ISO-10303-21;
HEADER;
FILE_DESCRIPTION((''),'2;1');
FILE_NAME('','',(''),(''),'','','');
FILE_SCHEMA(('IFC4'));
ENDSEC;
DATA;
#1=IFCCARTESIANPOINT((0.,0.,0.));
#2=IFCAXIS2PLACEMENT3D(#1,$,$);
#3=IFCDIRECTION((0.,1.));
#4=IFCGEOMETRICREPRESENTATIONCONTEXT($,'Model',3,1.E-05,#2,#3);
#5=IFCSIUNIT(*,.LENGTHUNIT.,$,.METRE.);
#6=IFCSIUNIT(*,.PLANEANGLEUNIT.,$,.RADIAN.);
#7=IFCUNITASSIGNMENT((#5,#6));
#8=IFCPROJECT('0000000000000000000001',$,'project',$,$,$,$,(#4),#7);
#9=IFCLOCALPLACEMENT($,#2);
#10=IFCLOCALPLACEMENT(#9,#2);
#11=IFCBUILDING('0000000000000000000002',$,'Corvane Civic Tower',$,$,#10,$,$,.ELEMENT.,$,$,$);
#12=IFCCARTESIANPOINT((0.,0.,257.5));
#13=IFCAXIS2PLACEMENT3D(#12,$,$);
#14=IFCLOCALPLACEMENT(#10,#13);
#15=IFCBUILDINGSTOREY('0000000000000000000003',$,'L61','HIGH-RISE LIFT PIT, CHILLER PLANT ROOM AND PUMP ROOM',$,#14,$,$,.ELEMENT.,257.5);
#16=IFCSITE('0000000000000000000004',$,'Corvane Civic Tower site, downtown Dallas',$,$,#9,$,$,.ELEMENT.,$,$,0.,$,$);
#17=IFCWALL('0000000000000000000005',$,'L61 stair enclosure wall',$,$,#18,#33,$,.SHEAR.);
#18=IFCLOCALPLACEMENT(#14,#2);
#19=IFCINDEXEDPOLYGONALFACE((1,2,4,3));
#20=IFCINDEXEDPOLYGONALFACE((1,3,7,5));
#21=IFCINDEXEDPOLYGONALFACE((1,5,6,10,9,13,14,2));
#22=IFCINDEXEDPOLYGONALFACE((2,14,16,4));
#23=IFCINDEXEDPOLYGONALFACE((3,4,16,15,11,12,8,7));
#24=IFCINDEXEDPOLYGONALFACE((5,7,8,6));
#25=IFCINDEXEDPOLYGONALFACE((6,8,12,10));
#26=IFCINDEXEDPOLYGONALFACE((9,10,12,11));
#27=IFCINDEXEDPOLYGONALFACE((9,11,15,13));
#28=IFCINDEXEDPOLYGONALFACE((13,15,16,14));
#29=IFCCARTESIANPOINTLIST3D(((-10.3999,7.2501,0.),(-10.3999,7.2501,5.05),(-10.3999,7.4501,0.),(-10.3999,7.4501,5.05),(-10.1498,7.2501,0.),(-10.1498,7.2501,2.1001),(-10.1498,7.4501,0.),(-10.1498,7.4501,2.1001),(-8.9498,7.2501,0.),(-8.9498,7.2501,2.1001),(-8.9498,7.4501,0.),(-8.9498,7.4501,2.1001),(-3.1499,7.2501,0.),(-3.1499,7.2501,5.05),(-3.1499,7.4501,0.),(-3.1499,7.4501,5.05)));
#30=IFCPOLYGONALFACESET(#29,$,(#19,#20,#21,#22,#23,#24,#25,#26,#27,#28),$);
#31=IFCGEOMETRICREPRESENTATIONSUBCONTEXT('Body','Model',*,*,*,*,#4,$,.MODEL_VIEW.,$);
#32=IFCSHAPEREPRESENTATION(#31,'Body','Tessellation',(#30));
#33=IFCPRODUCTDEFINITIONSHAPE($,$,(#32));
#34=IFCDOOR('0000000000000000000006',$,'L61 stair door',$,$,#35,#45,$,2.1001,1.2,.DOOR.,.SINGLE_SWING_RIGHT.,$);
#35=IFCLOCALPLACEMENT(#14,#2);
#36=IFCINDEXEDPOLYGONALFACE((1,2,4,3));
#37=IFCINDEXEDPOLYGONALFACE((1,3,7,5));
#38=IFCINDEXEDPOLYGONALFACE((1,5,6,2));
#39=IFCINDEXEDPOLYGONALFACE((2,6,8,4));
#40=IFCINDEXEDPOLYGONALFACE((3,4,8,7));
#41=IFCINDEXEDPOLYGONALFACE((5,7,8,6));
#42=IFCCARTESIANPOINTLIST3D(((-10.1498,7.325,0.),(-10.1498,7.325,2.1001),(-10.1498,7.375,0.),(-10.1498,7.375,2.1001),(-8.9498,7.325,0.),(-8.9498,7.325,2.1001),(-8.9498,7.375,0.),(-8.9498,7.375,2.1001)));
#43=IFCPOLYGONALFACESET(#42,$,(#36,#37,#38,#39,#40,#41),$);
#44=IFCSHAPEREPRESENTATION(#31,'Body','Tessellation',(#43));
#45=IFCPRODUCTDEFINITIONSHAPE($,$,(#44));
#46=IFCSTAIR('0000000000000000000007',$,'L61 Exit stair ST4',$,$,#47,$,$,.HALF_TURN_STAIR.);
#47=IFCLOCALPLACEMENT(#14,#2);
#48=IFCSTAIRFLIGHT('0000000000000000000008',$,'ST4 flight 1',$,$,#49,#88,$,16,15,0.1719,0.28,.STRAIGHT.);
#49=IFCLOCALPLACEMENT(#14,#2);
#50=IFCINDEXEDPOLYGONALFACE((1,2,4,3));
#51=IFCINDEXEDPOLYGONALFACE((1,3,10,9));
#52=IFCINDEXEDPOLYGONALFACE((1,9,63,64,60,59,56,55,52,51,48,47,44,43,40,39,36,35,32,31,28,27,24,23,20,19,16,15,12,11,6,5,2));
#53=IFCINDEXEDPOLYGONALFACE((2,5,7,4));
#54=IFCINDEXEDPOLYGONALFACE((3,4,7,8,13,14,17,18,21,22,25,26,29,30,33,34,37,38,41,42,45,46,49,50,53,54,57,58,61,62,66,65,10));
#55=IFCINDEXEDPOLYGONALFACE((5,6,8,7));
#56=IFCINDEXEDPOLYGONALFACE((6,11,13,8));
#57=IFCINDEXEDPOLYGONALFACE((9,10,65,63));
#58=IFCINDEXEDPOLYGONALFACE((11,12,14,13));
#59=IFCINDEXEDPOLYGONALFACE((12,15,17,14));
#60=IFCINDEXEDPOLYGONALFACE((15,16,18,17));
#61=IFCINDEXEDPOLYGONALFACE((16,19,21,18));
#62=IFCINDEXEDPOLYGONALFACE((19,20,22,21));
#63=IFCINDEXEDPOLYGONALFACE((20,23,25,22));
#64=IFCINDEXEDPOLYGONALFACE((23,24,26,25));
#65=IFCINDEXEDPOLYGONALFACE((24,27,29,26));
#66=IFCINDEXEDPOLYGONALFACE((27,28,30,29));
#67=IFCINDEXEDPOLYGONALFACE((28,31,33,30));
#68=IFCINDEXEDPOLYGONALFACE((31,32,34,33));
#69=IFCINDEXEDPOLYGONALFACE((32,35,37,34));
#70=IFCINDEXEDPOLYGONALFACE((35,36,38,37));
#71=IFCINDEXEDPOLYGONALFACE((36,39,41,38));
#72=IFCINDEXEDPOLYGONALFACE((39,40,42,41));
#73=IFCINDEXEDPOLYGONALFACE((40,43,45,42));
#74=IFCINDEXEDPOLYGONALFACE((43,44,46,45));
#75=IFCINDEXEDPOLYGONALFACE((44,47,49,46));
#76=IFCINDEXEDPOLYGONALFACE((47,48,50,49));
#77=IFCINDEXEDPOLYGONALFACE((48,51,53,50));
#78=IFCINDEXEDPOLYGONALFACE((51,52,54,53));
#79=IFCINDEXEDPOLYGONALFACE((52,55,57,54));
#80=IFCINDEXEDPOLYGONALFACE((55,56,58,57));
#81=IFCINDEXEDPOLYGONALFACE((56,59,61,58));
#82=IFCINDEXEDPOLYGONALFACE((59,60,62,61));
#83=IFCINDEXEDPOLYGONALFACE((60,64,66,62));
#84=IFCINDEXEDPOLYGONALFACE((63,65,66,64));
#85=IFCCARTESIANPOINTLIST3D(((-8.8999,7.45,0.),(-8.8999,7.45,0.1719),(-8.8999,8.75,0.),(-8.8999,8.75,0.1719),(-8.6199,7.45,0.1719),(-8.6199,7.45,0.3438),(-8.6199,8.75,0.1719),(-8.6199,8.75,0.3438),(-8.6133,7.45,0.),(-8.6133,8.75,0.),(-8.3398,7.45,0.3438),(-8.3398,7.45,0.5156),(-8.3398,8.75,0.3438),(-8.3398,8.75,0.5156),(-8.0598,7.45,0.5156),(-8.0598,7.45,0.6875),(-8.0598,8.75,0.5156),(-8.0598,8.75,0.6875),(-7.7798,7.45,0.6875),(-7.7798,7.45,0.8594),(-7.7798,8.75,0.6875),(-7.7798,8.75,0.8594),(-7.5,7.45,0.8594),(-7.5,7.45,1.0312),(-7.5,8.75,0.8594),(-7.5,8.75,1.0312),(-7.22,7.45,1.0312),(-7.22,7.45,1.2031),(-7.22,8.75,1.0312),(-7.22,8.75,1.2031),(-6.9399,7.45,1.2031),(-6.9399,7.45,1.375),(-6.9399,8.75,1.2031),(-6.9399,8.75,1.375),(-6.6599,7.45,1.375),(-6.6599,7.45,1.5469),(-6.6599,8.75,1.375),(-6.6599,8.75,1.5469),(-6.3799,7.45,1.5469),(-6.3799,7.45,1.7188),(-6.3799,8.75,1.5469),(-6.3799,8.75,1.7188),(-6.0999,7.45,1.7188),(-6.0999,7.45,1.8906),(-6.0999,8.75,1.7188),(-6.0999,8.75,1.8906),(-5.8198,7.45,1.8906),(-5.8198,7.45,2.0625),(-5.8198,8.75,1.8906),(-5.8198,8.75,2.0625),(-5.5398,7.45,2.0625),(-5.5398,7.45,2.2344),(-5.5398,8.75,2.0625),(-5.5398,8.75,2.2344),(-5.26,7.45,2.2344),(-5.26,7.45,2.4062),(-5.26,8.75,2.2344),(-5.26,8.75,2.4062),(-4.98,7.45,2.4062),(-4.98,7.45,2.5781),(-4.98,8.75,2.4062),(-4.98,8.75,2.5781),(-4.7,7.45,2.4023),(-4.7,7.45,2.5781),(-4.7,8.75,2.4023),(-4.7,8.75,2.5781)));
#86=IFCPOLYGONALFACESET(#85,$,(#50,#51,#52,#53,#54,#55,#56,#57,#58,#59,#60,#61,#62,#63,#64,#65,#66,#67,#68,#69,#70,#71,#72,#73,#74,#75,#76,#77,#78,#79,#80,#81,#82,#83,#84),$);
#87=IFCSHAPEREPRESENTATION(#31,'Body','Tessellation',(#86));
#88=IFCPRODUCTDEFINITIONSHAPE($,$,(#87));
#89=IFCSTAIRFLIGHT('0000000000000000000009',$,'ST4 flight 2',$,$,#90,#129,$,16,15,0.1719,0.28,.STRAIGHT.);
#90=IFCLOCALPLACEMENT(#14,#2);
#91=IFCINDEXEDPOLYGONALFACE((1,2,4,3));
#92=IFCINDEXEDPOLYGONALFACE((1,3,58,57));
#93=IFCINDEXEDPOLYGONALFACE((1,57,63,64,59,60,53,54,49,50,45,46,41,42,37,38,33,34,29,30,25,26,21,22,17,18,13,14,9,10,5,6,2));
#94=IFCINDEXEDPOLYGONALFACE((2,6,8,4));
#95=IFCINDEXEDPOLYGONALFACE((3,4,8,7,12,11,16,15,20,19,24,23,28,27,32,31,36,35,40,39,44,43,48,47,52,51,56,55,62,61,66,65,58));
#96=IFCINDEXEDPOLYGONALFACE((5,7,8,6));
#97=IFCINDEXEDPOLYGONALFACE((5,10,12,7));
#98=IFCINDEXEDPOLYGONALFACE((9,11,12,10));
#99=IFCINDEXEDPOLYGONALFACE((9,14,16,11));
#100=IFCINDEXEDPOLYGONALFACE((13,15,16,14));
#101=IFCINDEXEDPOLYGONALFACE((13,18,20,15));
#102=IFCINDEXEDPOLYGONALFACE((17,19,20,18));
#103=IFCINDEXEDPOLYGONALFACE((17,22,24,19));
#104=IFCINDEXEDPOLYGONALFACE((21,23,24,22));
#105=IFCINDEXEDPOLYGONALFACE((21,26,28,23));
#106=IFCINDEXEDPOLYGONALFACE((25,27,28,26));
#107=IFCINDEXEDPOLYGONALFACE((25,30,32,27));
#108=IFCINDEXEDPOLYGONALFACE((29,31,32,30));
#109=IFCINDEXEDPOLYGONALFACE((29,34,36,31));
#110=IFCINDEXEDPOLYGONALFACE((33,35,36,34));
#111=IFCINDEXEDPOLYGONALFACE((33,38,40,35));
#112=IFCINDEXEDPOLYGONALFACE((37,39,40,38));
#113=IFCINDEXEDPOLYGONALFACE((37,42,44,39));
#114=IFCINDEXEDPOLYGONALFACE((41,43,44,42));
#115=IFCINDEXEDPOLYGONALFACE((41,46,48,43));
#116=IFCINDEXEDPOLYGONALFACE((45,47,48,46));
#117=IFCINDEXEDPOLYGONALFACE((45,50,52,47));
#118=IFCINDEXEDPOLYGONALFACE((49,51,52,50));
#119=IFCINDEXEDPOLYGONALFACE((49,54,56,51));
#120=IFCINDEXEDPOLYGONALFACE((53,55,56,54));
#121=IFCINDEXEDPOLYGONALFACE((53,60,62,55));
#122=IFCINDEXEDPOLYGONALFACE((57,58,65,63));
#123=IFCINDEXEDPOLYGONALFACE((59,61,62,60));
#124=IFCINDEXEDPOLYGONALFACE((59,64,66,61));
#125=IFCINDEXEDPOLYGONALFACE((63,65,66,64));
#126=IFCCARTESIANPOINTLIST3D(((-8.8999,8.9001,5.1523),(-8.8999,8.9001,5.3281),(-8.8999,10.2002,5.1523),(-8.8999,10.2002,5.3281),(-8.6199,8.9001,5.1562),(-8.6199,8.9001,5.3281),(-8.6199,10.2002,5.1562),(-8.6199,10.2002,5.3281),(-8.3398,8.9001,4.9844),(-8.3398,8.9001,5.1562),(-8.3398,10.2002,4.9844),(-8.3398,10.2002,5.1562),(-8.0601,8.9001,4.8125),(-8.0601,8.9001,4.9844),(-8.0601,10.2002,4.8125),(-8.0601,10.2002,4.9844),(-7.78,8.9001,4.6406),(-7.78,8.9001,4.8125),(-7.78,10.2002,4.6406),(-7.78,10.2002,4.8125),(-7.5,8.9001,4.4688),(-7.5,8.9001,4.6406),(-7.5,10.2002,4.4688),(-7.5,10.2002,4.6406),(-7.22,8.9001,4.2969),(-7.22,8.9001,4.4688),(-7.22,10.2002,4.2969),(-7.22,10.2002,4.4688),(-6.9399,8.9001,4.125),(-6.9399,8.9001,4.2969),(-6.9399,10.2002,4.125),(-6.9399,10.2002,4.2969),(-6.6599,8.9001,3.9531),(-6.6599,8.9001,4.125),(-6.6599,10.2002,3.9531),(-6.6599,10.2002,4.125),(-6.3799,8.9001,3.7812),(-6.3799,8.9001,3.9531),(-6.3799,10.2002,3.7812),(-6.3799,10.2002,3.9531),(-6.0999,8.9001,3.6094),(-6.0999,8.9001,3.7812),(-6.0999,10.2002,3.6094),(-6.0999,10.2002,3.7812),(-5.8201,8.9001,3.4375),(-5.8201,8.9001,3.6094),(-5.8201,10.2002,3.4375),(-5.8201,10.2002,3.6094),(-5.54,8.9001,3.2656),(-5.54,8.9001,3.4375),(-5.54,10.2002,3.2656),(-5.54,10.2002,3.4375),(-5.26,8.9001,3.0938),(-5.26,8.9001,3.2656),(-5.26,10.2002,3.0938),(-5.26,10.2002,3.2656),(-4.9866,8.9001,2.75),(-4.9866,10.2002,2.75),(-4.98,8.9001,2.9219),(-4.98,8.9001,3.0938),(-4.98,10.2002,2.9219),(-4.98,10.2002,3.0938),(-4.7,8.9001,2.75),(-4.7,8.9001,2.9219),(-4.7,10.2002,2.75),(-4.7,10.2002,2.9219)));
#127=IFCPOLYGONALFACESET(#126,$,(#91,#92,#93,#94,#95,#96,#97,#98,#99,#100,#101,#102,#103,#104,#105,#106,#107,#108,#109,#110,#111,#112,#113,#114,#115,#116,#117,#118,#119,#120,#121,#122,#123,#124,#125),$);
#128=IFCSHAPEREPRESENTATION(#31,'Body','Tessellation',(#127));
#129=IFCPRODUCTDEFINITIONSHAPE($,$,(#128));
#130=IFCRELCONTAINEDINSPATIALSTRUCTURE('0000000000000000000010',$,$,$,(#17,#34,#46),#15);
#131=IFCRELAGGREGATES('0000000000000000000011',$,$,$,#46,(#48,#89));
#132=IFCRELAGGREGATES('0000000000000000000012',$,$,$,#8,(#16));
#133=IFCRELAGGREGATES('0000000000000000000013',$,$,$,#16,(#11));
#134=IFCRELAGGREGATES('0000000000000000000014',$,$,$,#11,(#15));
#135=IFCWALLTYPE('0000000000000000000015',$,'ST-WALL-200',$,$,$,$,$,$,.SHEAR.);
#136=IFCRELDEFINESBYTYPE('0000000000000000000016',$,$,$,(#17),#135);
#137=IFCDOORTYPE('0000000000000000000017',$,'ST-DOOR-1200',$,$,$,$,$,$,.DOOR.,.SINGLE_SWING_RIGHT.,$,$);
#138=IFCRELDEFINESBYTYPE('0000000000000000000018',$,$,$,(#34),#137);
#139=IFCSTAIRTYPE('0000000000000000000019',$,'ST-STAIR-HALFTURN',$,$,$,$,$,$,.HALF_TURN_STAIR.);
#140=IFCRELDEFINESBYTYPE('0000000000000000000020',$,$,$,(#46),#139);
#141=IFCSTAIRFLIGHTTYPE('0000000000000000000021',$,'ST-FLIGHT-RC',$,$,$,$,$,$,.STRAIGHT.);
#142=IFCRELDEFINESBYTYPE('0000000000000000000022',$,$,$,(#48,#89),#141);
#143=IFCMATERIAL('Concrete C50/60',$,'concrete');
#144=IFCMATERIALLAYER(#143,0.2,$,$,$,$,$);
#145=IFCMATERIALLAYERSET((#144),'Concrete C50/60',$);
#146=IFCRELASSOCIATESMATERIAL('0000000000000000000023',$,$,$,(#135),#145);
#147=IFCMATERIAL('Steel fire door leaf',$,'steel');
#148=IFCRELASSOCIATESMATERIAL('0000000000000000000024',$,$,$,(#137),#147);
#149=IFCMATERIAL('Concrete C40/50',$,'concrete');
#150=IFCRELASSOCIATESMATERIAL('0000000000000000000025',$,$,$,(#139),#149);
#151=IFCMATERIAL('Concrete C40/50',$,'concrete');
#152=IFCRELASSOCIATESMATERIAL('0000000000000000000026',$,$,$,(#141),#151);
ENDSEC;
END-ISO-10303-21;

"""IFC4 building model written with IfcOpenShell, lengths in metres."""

from ifc_helpers import new_model, si_unit, direction, frame, frame_2d, origin, place, context, subcontext, project, spatial, polyline, rectangle, outline, extrude, material, layer, layer_set, type_object, element, fill, aggregate, save


model = new_model("IFC4")

# Units and contexts
model_context = context("Model", 3, precision=1e-05, world=origin(), true_north=direction((0.0, 1.0)))
body_context = subcontext(model_context, "Body", "Model", "MODEL_VIEW")
ifc_project = project(units=[si_unit("LENGTHUNIT", "METRE"), si_unit("PLANEANGLEUNIT", "RADIAN")], contexts=[model_context])

# Site, building, storey
site_placement = place(None, origin())
site = spatial("IfcSite", under=ifc_project, at=site_placement, Name="Corvane Civic Tower site, downtown Dallas", CompositionType="ELEMENT", RefElevation=0.0)
building_placement = place(site_placement, origin())
building = spatial("IfcBuilding", under=site, at=building_placement, Name="Corvane Civic Tower", CompositionType="ELEMENT")
storey_placement = place(building_placement, frame((0.0, 0.0, 257.5)))
storey = spatial("IfcBuildingStorey", under=building, at=storey_placement, Name="L61", Description="HIGH-RISE LIFT PIT, CHILLER PLANT ROOM AND PUMP ROOM", CompositionType="ELEMENT", Elevation=257.5)

# Wall, opening, door
ifc_material_1 = material(Name="Concrete C50/60", Category="concrete")
ifc_layer_1 = layer(ifc_material_1, 0.2)
ifc_layer_set_1 = layer_set([ifc_layer_1], Name="Concrete C50/60")
wall_type_1 = type_object("IfcWallType", Name="ST-WALL-200", PredefinedType="SHEAR", material=ifc_layer_set_1)
wall_1_placement = place(storey_placement, frame((-10.3999, 7.3501, 0.0), z_axis=(0.0, 0.0, 1.0), x_axis=(1.0, 0.0, 0.0)))
wall_1 = element("IfcWall", 1, at=wall_1_placement, inside=storey, type_object=wall_type_1, Name="L61 stair enclosure wall", PredefinedType="SHEAR", context=body_context, shape_type="SweptSolid", body=[
    extrude(rectangle(XDim=7.25, YDim=0.2, at=frame_2d((3.625, 0.0))), origin(), (0.0, 0.0, 1.0), 5.05),
])
opening_1_placement = place(wall_1_placement, frame((0.25, 0.0, 0.0)))
opening_1 = element("IfcOpeningElement", 2, at=opening_1_placement, cuts=wall_1, PredefinedType="OPENING", context=body_context, shape_type="SweptSolid", body=[
    extrude(rectangle(XDim=1.2, YDim=2.1001, at=frame_2d((0.6001, 1.05))), frame((0.0, 0.1099, 0.0), z_axis=(0.0, -1.0, 0.0), x_axis=(1.0, 0.0, 0.0)), (0.0, 0.0, 1.0), 0.22),
])
ifc_material_2 = material(Name="Steel fire door leaf", Category="steel")
door_type_1 = type_object("IfcDoorType", Name="ST-DOOR-1200", OperationType="SINGLE_SWING_RIGHT", PredefinedType="DOOR", material=ifc_material_2)
door_1_placement = place(opening_1_placement, origin())
door_1 = element("IfcDoor", 3, at=door_1_placement, inside=storey, type_object=door_type_1, Name="L61 stair door", OperationType="SINGLE_SWING_RIGHT", OverallHeight=2.1001, OverallWidth=1.2, PredefinedType="DOOR", context=body_context, shape_type="SweptSolid", body=[
    extrude(rectangle(XDim=1.2, YDim=2.1001, at=frame_2d((0.6001, 1.05))), frame((0.0, 0.0249, 0.0), z_axis=(0.0, -1.0, 0.0), x_axis=(1.0, 0.0, 0.0)), (0.0, 0.0, 1.0), 0.05),
])
fill(opening_1, door_1)

# Stair, stair flights
ifc_material_3 = material(Name="Concrete C40/50", Category="concrete")
stair_type = type_object("IfcStairType", Name="ST-STAIR-HALFTURN", PredefinedType="HALF_TURN_STAIR", material=ifc_material_3)
stair_placement = place(storey_placement, origin())
stair = element("IfcStair", 4, at=stair_placement, inside=storey, type_object=stair_type, Name="L61 Exit stair ST4", PredefinedType="HALF_TURN_STAIR")
ifc_material_4 = material(Name="Concrete C40/50", Category="concrete")
stair_flight_type = type_object("IfcStairFlightType", Name="ST-FLIGHT-RC", PredefinedType="STRAIGHT", material=ifc_material_4)
stair_flight_1_placement = place(storey_placement, frame((-8.8999, 8.1001, 0.0), z_axis=(0.0, 0.0, 1.0), x_axis=(1.0, 0.0, 0.0)))
stair_flight_1 = element("IfcStairFlight", 5, at=stair_flight_1_placement, type_object=stair_flight_type, Name="ST4 flight 1", NumberOfRisers=16, NumberOfTreads=15, PredefinedType="STRAIGHT", RiserHeight=0.1719, TreadLength=0.28, context=body_context, shape_type="SweptSolid", body=[
    extrude(outline(polyline([(0.0, 0.0), (0.0, 0.1719), (0.28, 0.1719), (0.28, 0.3438), (0.5601, 0.3438), (0.5601, 0.5156), (0.8401, 0.5156), (0.8401, 0.6875), (1.1201, 0.6875), (1.1201, 0.8594), (1.3999, 0.8594), (1.3999, 1.0312), (1.6799, 1.0312), (1.6799, 1.2031), (1.96, 1.2031), (1.96, 1.375), (2.24, 1.375), (2.24, 1.5469), (2.52, 1.5469), (2.52, 1.7188), (2.8, 1.7188), (2.8, 1.8906), (3.0801, 1.8906), (3.0801, 2.0625), (3.3601, 2.0625), (3.3601, 2.2344), (3.6399, 2.2344), (3.6399, 2.4062), (3.9199, 2.4062), (3.9199, 2.5781), (4.2, 2.5781), (4.2, 2.75), (4.2, 2.4023), (0.2866, 0.0), (0.0, 0.0)])), frame((0.0, 0.6499, 0.0), z_axis=(0.0, -1.0, 0.0), x_axis=(1.0, 0.0, 0.0)), (0.0, 0.0, 1.0), 1.3),
])
stair_flight_2_placement = place(storey_placement, frame((-4.7, 9.55, 2.75), z_axis=(0.0, 0.0, 1.0), x_axis=(-1.0, 0.0, 0.0)))
stair_flight_2 = element("IfcStairFlight", 6, at=stair_flight_2_placement, type_object=stair_flight_type, Name="ST4 flight 2", NumberOfRisers=16, NumberOfTreads=15, PredefinedType="STRAIGHT", RiserHeight=0.1719, TreadLength=0.28, context=body_context, shape_type="SweptSolid", body=[
    extrude(outline(polyline([(0.0, 0.0), (0.0, 0.1719), (0.28, 0.1719), (0.28, 0.3438), (0.5601, 0.3438), (0.5601, 0.5156), (0.8401, 0.5156), (0.8401, 0.6875), (1.1201, 0.6875), (1.1201, 0.8594), (1.3999, 0.8594), (1.3999, 1.0312), (1.6799, 1.0312), (1.6799, 1.2031), (1.96, 1.2031), (1.96, 1.375), (2.24, 1.375), (2.24, 1.5469), (2.52, 1.5469), (2.52, 1.7188), (2.8, 1.7188), (2.8, 1.8906), (3.0801, 1.8906), (3.0801, 2.0625), (3.3601, 2.0625), (3.3601, 2.2344), (3.6399, 2.2344), (3.6399, 2.4062), (3.9199, 2.4062), (3.9199, 2.5781), (4.2, 2.5781), (4.2, 2.75), (4.2, 2.4023), (0.2866, 0.0), (0.0, 0.0)])), frame((0.0, 0.6499, 0.0), z_axis=(0.0, -1.0, 0.0), x_axis=(1.0, 0.0, 0.0)), (0.0, 0.0, 1.0), 1.3),
])
aggregate(stair, [stair_flight_1, stair_flight_2])

save(model, "model.ifc")
